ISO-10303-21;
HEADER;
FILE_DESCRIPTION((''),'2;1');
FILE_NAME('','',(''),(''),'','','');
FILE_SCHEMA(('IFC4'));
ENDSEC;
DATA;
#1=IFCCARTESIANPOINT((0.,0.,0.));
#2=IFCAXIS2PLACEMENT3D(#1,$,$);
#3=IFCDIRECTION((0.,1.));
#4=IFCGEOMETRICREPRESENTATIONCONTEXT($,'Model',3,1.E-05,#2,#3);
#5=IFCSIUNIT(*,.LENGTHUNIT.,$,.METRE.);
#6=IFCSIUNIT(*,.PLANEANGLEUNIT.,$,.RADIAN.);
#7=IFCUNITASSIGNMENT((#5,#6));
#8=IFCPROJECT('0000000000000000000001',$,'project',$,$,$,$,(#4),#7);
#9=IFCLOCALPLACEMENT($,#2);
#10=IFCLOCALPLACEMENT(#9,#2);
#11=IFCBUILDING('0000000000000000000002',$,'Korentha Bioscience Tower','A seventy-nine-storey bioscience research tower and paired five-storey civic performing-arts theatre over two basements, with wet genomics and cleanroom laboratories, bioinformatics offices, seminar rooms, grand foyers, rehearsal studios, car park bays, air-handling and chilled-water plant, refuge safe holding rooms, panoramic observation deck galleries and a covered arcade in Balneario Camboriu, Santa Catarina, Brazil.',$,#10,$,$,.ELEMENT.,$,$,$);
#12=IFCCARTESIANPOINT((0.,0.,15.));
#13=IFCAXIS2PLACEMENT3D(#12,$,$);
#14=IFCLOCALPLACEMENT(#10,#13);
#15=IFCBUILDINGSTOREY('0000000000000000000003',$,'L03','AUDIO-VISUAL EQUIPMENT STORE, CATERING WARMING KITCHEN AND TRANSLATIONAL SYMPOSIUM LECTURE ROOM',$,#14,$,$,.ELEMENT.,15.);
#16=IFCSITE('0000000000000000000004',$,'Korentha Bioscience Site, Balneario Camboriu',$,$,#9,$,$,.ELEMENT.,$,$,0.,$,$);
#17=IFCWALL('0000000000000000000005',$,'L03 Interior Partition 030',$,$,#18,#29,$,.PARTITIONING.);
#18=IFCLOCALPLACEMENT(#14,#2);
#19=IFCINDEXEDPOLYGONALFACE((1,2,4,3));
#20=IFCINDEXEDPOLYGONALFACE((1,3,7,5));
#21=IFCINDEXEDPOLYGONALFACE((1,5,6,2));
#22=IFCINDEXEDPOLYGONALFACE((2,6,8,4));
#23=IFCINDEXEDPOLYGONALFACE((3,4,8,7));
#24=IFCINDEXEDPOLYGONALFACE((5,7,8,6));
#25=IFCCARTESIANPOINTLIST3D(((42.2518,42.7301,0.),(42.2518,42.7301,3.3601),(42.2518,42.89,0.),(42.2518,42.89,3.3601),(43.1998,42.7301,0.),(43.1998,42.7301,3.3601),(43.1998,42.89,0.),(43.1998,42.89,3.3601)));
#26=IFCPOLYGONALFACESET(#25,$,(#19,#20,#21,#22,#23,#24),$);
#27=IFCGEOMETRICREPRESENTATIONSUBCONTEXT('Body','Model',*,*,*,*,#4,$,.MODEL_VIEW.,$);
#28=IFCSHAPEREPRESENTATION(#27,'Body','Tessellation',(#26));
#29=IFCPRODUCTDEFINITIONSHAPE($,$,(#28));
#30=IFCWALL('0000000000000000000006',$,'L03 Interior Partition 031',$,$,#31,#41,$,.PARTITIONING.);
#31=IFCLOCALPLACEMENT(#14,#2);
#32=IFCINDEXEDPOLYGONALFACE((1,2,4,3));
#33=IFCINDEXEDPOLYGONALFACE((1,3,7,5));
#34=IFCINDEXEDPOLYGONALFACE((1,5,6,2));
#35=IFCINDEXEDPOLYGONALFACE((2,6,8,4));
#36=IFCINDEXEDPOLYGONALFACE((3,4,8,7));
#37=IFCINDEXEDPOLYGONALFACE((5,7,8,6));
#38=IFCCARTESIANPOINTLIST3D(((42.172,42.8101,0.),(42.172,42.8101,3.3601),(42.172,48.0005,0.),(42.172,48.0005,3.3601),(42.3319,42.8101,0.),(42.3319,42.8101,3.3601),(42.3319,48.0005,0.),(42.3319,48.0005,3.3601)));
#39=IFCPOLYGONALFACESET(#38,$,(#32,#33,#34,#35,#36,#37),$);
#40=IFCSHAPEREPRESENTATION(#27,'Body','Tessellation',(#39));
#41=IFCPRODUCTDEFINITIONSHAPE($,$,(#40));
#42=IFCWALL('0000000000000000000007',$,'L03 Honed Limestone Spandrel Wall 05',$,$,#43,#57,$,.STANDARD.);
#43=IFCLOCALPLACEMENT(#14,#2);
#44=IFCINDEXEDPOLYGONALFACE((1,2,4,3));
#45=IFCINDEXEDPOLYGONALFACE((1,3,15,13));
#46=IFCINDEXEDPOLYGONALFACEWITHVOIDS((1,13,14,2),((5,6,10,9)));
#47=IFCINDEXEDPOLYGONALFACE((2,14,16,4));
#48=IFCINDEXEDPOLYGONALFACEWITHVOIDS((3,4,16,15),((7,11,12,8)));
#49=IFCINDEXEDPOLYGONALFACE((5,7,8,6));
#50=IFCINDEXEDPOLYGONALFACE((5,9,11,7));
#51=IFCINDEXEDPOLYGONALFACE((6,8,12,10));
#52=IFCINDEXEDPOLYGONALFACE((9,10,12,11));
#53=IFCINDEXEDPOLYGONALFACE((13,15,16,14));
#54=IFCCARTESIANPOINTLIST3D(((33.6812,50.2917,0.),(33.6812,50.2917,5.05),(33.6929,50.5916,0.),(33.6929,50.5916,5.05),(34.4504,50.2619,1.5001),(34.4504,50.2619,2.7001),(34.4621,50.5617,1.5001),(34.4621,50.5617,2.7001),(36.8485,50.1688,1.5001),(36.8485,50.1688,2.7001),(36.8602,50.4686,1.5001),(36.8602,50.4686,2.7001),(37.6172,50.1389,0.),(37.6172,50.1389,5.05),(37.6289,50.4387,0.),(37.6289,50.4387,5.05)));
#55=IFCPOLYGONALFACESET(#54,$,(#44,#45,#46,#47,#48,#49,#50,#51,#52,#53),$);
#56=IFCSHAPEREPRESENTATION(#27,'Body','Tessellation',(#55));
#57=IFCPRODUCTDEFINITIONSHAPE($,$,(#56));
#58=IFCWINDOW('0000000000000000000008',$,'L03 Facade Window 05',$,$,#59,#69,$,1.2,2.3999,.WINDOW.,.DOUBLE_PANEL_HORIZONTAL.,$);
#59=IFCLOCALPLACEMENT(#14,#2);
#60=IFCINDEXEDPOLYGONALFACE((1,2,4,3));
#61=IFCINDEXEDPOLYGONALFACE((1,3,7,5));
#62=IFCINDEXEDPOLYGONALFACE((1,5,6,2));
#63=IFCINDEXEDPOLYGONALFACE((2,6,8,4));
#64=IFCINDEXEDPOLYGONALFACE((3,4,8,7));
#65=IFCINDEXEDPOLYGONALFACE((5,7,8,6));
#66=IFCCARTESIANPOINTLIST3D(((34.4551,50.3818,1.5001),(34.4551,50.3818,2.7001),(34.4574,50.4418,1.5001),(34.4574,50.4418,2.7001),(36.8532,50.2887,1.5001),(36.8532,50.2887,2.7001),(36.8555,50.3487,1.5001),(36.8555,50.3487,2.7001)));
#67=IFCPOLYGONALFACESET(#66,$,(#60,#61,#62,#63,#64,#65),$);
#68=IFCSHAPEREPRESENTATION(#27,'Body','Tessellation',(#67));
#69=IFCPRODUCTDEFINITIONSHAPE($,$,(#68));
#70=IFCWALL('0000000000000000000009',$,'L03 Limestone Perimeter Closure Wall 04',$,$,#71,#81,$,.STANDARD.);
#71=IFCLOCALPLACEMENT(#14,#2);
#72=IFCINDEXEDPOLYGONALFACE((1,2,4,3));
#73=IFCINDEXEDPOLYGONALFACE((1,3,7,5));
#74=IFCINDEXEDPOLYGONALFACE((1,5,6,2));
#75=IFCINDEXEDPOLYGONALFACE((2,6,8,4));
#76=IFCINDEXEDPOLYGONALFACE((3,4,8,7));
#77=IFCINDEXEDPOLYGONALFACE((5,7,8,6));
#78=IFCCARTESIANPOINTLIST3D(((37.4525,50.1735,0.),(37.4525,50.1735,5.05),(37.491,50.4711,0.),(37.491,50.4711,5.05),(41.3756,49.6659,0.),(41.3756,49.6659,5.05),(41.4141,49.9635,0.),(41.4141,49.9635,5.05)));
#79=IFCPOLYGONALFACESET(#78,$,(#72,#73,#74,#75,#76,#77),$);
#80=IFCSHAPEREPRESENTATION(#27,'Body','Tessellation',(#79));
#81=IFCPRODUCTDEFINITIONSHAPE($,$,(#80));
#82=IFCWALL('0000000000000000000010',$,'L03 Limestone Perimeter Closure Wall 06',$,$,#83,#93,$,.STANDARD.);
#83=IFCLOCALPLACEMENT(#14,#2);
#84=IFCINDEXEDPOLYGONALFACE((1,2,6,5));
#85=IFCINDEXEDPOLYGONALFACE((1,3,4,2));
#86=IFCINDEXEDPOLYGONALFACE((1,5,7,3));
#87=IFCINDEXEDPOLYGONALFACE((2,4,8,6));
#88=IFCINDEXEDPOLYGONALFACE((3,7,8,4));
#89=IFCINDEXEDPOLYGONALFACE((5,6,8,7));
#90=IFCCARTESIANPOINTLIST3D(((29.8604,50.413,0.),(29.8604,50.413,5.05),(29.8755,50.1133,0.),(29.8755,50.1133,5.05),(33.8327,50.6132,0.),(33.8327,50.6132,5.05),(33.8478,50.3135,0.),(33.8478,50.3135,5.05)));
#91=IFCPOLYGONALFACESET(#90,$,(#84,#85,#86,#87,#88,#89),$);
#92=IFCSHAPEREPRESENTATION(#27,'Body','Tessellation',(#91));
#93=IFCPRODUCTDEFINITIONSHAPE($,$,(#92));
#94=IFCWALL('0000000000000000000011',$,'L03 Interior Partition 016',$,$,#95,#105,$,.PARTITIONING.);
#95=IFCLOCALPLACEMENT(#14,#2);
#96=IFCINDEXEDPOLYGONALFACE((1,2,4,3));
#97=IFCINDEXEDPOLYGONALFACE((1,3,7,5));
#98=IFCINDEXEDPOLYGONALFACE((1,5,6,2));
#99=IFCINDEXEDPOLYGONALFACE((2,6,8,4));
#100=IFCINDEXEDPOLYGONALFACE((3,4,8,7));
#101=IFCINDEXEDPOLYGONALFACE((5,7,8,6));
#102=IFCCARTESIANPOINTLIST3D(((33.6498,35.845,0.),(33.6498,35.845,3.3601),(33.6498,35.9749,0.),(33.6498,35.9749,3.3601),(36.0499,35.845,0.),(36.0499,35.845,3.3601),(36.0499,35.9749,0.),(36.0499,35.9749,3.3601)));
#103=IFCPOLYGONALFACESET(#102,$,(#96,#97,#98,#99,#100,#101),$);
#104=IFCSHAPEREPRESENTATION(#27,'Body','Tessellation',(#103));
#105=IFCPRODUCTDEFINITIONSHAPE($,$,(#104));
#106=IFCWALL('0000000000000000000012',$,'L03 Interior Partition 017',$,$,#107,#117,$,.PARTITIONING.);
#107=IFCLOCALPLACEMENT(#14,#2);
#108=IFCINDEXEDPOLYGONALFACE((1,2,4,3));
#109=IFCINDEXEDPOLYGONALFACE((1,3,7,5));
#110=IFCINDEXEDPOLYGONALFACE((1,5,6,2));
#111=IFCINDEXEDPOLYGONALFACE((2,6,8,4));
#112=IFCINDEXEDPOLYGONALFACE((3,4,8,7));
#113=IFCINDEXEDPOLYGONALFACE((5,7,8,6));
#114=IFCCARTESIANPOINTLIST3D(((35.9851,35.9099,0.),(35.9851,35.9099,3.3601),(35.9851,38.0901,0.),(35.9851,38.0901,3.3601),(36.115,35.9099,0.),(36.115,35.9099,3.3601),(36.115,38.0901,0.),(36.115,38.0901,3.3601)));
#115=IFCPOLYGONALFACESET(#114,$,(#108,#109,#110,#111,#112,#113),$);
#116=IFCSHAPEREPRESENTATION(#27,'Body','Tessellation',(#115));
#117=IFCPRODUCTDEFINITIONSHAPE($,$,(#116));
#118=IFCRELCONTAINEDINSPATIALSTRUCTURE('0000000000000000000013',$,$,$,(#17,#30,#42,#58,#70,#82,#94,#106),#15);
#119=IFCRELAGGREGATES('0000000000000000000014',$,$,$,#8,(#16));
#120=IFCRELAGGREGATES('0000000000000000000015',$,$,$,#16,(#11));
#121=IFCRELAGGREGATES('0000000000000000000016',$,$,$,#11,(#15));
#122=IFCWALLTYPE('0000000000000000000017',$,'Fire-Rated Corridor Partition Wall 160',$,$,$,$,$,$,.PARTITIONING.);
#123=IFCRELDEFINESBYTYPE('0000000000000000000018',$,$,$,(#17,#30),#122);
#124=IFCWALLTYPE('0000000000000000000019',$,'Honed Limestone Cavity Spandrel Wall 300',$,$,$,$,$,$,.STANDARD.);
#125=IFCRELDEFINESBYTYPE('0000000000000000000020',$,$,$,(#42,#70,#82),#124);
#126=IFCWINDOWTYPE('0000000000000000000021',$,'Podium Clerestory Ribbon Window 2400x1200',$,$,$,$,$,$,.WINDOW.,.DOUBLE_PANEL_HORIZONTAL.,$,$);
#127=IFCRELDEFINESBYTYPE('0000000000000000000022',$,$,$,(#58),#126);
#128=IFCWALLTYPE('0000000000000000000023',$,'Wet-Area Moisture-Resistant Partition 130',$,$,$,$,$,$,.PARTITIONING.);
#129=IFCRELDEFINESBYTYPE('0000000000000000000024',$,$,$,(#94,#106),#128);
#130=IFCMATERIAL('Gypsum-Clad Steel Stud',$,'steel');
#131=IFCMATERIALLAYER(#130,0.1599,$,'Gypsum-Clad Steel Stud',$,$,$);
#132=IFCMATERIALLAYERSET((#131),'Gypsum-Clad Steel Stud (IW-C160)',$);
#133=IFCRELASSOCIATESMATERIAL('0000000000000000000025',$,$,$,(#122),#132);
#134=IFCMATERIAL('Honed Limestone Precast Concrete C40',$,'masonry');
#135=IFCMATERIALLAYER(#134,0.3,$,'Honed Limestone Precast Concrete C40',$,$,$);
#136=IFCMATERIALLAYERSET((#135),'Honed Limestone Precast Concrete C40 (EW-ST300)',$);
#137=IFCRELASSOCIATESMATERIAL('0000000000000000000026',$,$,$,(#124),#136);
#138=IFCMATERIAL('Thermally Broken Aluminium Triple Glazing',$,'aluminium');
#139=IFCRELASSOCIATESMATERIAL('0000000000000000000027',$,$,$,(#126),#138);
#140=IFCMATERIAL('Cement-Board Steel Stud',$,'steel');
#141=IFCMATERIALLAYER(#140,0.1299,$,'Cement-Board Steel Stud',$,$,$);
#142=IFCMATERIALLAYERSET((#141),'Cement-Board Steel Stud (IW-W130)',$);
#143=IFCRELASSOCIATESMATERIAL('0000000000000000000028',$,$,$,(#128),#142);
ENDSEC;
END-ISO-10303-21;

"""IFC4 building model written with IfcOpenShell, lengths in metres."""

from ifc_helpers import new_model, si_unit, direction, frame, frame_2d, origin, place, context, subcontext, project, spatial, rectangle, extrude, material, layer, layer_set, type_object, element, fill, save


model = new_model("IFC4")

# Units and contexts
model_context = context("Model", 3, precision=1e-05, world=origin(), true_north=direction((0.0, 1.0)))
body_context = subcontext(model_context, "Body", "Model", "MODEL_VIEW")
ifc_project = project(units=[si_unit("LENGTHUNIT", "METRE"), si_unit("PLANEANGLEUNIT", "RADIAN")], contexts=[model_context])

# Site, building, storey
site_placement = place(None, origin())
site = spatial("IfcSite", under=ifc_project, at=site_placement, Name="Korentha Bioscience Site, Balneario Camboriu", CompositionType="ELEMENT", RefElevation=0.0)
building_placement = place(site_placement, origin())
building = spatial("IfcBuilding", under=site, at=building_placement, Name="Korentha Bioscience Tower", Description="A seventy-nine-storey bioscience research tower and paired five-storey civic performing-arts theatre over two basements, with wet genomics and cleanroom laboratories, bioinformatics offices, seminar rooms, grand foyers, rehearsal studios, car park bays, air-handling and chilled-water plant, refuge safe holding rooms, panoramic observation deck galleries and a covered arcade in Balneario Camboriu, Santa Catarina, Brazil.", CompositionType="ELEMENT")
storey_placement = place(building_placement, frame((0.0, 0.0, 15.0)))
storey = spatial("IfcBuildingStorey", under=building, at=storey_placement, Name="L03", Description="AUDIO-VISUAL EQUIPMENT STORE, CATERING WARMING KITCHEN AND TRANSLATIONAL SYMPOSIUM LECTURE ROOM", CompositionType="ELEMENT", Elevation=15.0)

# Walls
ifc_material_1 = material(Name="Gypsum-Clad Steel Stud", Category="steel")
ifc_layer_1 = layer(ifc_material_1, 0.1599, Name="Gypsum-Clad Steel Stud")
ifc_layer_set_1 = layer_set([ifc_layer_1], Name="Gypsum-Clad Steel Stud (IW-C160)")
wall_type_1 = type_object("IfcWallType", Name="Fire-Rated Corridor Partition Wall 160", PredefinedType="PARTITIONING", material=ifc_layer_set_1)
wall_1_placement = place(storey_placement, frame((43.2, 42.8101, 0.0), z_axis=(0.0, 0.0, 1.0), x_axis=(-1.0, 0.0, 0.0)))
element("IfcWall", 1, at=wall_1_placement, inside=storey, type_object=wall_type_1, Name="L03 Interior Partition 030", PredefinedType="PARTITIONING", context=body_context, shape_type="SweptSolid", body=[
    extrude(rectangle(XDim=0.948, YDim=0.1599, at=frame_2d((0.4741, 0.0))), origin(), (0.0, 0.0, 1.0), 3.3601),
])
wall_2_placement = place(storey_placement, frame((42.252, 42.8101, 0.0), z_axis=(0.0, 0.0, 1.0), x_axis=(0.0, 1.0, 0.0)))
element("IfcWall", 2, at=wall_2_placement, inside=storey, type_object=wall_type_1, Name="L03 Interior Partition 031", PredefinedType="PARTITIONING", context=body_context, shape_type="SweptSolid", body=[
    extrude(rectangle(XDim=5.1904, YDim=0.1599, at=frame_2d((2.5952, 0.0))), origin(), (0.0, 0.0, 1.0), 3.3601),
])

# Wall, opening, window
ifc_material_2 = material(Name="Honed Limestone Precast Concrete C40", Category="masonry")
ifc_layer_2 = layer(ifc_material_2, 0.3, Name="Honed Limestone Precast Concrete C40")
ifc_layer_set_2 = layer_set([ifc_layer_2], Name="Honed Limestone Precast Concrete C40 (EW-ST300)")
wall_type_2 = type_object("IfcWallType", Name="Honed Limestone Cavity Spandrel Wall 300", PredefinedType="STANDARD", material=ifc_layer_set_2)
wall_3_placement = place(storey_placement, frame((37.623, 50.2888, 0.0), z_axis=(0.0, 0.0, 1.0), x_axis=(-0.999247, 0.0388, 0.0)))
wall_3 = element("IfcWall", 3, at=wall_3_placement, inside=storey, type_object=wall_type_2, Name="L03 Honed Limestone Spandrel Wall 05", PredefinedType="STANDARD", context=body_context, shape_type="SweptSolid", body=[
    extrude(rectangle(XDim=3.939, YDim=0.3, at=frame_2d((1.9695, 0.0))), origin(), (0.0, 0.0, 1.0), 5.05),
])
opening_1_placement = place(wall_3_placement, frame((0.7693, 0.0, 1.5)))
opening_1 = element("IfcOpeningElement", 4, at=opening_1_placement, cuts=wall_3, PredefinedType="OPENING", context=body_context, shape_type="SweptSolid", body=[
    extrude(rectangle(XDim=2.3999, YDim=1.2, at=frame_2d((1.2, 0.6001))), frame((0.0, 0.165, 0.0), z_axis=(0.0, -1.0, 0.0), x_axis=(1.0, 0.0, 0.0)), (0.0, 0.0, 1.0), 0.3298),
])
ifc_material_3 = material(Name="Thermally Broken Aluminium Triple Glazing", Category="aluminium")
window_type = type_object("IfcWindowType", Name="Podium Clerestory Ribbon Window 2400x1200", PartitioningType="DOUBLE_PANEL_HORIZONTAL", PredefinedType="WINDOW", material=ifc_material_3)
window_placement = place(opening_1_placement, origin())
window = element("IfcWindow", 5, at=window_placement, inside=storey, type_object=window_type, Name="L03 Facade Window 05", OverallHeight=1.2, OverallWidth=2.3999, PartitioningType="DOUBLE_PANEL_HORIZONTAL", PredefinedType="WINDOW", context=body_context, shape_type="SweptSolid", body=[
    extrude(rectangle(XDim=2.3999, YDim=1.2, at=frame_2d((1.2, 0.6001))), frame((0.0, 0.03, 0.0), z_axis=(0.0, -1.0, 0.0), x_axis=(1.0, 0.0, 0.0)), (0.0, 0.0, 1.0), 0.0601),
])
fill(opening_1, window)

# Walls
wall_4_placement = place(storey_placement, frame((41.395, 49.8147, 0.0), z_axis=(0.0, 0.0, 1.0), x_axis=(-0.991734, 0.12831, 0.0)))
element("IfcWall", 6, at=wall_4_placement, inside=storey, type_object=wall_type_2, Name="L03 Limestone Perimeter Closure Wall 04", PredefinedType="STANDARD", context=body_context, shape_type="SweptSolid", body=[
    extrude(rectangle(XDim=3.9558, YDim=0.3, at=frame_2d((1.978, 0.0))), origin(), (0.0, 0.0, 1.0), 5.05),
])
wall_5_placement = place(storey_placement, frame((33.8403, 50.4634, 0.0), z_axis=(0.0, 0.0, 1.0), x_axis=(-0.998732, -0.050336, 0.0)))
element("IfcWall", 7, at=wall_5_placement, inside=storey, type_object=wall_type_2, Name="L03 Limestone Perimeter Closure Wall 06", PredefinedType="STANDARD", context=body_context, shape_type="SweptSolid", body=[
    extrude(rectangle(XDim=3.9773, YDim=0.3, at=frame_2d((1.9888, 0.0))), origin(), (0.0, 0.0, 1.0), 5.05),
])

# Shared definitions
ifc_material_4 = material(Name="Cement-Board Steel Stud", Category="steel")
ifc_layer_3 = layer(ifc_material_4, 0.1299, Name="Cement-Board Steel Stud")
ifc_layer_set_3 = layer_set([ifc_layer_3], Name="Cement-Board Steel Stud (IW-W130)")
wall_type_3 = type_object("IfcWallType", Name="Wet-Area Moisture-Resistant Partition 130", PredefinedType="PARTITIONING", material=ifc_layer_set_3)

# Walls
wall_6_placement = place(storey_placement, frame((36.05, 35.9099, 0.0), z_axis=(0.0, 0.0, 1.0), x_axis=(-1.0, 0.0, 0.0)))
element("IfcWall", 8, at=wall_6_placement, inside=storey, type_object=wall_type_3, Name="L03 Interior Partition 016", PredefinedType="PARTITIONING", context=body_context, shape_type="SweptSolid", body=[
    extrude(rectangle(XDim=2.4001, YDim=0.1299, at=frame_2d((1.2002, 0.0))), origin(), (0.0, 0.0, 1.0), 3.3601),
])
wall_7_placement = place(storey_placement, frame((36.05, 38.0901, 0.0), z_axis=(0.0, 0.0, 1.0), x_axis=(0.0, -1.0, 0.0)))
element("IfcWall", 9, at=wall_7_placement, inside=storey, type_object=wall_type_3, Name="L03 Interior Partition 017", PredefinedType="PARTITIONING", context=body_context, shape_type="SweptSolid", body=[
    extrude(rectangle(XDim=2.1802, YDim=0.1299, at=frame_2d((1.0901, 0.0))), origin(), (0.0, 0.0, 1.0), 3.3601),
])

save(model, "model.ifc")
